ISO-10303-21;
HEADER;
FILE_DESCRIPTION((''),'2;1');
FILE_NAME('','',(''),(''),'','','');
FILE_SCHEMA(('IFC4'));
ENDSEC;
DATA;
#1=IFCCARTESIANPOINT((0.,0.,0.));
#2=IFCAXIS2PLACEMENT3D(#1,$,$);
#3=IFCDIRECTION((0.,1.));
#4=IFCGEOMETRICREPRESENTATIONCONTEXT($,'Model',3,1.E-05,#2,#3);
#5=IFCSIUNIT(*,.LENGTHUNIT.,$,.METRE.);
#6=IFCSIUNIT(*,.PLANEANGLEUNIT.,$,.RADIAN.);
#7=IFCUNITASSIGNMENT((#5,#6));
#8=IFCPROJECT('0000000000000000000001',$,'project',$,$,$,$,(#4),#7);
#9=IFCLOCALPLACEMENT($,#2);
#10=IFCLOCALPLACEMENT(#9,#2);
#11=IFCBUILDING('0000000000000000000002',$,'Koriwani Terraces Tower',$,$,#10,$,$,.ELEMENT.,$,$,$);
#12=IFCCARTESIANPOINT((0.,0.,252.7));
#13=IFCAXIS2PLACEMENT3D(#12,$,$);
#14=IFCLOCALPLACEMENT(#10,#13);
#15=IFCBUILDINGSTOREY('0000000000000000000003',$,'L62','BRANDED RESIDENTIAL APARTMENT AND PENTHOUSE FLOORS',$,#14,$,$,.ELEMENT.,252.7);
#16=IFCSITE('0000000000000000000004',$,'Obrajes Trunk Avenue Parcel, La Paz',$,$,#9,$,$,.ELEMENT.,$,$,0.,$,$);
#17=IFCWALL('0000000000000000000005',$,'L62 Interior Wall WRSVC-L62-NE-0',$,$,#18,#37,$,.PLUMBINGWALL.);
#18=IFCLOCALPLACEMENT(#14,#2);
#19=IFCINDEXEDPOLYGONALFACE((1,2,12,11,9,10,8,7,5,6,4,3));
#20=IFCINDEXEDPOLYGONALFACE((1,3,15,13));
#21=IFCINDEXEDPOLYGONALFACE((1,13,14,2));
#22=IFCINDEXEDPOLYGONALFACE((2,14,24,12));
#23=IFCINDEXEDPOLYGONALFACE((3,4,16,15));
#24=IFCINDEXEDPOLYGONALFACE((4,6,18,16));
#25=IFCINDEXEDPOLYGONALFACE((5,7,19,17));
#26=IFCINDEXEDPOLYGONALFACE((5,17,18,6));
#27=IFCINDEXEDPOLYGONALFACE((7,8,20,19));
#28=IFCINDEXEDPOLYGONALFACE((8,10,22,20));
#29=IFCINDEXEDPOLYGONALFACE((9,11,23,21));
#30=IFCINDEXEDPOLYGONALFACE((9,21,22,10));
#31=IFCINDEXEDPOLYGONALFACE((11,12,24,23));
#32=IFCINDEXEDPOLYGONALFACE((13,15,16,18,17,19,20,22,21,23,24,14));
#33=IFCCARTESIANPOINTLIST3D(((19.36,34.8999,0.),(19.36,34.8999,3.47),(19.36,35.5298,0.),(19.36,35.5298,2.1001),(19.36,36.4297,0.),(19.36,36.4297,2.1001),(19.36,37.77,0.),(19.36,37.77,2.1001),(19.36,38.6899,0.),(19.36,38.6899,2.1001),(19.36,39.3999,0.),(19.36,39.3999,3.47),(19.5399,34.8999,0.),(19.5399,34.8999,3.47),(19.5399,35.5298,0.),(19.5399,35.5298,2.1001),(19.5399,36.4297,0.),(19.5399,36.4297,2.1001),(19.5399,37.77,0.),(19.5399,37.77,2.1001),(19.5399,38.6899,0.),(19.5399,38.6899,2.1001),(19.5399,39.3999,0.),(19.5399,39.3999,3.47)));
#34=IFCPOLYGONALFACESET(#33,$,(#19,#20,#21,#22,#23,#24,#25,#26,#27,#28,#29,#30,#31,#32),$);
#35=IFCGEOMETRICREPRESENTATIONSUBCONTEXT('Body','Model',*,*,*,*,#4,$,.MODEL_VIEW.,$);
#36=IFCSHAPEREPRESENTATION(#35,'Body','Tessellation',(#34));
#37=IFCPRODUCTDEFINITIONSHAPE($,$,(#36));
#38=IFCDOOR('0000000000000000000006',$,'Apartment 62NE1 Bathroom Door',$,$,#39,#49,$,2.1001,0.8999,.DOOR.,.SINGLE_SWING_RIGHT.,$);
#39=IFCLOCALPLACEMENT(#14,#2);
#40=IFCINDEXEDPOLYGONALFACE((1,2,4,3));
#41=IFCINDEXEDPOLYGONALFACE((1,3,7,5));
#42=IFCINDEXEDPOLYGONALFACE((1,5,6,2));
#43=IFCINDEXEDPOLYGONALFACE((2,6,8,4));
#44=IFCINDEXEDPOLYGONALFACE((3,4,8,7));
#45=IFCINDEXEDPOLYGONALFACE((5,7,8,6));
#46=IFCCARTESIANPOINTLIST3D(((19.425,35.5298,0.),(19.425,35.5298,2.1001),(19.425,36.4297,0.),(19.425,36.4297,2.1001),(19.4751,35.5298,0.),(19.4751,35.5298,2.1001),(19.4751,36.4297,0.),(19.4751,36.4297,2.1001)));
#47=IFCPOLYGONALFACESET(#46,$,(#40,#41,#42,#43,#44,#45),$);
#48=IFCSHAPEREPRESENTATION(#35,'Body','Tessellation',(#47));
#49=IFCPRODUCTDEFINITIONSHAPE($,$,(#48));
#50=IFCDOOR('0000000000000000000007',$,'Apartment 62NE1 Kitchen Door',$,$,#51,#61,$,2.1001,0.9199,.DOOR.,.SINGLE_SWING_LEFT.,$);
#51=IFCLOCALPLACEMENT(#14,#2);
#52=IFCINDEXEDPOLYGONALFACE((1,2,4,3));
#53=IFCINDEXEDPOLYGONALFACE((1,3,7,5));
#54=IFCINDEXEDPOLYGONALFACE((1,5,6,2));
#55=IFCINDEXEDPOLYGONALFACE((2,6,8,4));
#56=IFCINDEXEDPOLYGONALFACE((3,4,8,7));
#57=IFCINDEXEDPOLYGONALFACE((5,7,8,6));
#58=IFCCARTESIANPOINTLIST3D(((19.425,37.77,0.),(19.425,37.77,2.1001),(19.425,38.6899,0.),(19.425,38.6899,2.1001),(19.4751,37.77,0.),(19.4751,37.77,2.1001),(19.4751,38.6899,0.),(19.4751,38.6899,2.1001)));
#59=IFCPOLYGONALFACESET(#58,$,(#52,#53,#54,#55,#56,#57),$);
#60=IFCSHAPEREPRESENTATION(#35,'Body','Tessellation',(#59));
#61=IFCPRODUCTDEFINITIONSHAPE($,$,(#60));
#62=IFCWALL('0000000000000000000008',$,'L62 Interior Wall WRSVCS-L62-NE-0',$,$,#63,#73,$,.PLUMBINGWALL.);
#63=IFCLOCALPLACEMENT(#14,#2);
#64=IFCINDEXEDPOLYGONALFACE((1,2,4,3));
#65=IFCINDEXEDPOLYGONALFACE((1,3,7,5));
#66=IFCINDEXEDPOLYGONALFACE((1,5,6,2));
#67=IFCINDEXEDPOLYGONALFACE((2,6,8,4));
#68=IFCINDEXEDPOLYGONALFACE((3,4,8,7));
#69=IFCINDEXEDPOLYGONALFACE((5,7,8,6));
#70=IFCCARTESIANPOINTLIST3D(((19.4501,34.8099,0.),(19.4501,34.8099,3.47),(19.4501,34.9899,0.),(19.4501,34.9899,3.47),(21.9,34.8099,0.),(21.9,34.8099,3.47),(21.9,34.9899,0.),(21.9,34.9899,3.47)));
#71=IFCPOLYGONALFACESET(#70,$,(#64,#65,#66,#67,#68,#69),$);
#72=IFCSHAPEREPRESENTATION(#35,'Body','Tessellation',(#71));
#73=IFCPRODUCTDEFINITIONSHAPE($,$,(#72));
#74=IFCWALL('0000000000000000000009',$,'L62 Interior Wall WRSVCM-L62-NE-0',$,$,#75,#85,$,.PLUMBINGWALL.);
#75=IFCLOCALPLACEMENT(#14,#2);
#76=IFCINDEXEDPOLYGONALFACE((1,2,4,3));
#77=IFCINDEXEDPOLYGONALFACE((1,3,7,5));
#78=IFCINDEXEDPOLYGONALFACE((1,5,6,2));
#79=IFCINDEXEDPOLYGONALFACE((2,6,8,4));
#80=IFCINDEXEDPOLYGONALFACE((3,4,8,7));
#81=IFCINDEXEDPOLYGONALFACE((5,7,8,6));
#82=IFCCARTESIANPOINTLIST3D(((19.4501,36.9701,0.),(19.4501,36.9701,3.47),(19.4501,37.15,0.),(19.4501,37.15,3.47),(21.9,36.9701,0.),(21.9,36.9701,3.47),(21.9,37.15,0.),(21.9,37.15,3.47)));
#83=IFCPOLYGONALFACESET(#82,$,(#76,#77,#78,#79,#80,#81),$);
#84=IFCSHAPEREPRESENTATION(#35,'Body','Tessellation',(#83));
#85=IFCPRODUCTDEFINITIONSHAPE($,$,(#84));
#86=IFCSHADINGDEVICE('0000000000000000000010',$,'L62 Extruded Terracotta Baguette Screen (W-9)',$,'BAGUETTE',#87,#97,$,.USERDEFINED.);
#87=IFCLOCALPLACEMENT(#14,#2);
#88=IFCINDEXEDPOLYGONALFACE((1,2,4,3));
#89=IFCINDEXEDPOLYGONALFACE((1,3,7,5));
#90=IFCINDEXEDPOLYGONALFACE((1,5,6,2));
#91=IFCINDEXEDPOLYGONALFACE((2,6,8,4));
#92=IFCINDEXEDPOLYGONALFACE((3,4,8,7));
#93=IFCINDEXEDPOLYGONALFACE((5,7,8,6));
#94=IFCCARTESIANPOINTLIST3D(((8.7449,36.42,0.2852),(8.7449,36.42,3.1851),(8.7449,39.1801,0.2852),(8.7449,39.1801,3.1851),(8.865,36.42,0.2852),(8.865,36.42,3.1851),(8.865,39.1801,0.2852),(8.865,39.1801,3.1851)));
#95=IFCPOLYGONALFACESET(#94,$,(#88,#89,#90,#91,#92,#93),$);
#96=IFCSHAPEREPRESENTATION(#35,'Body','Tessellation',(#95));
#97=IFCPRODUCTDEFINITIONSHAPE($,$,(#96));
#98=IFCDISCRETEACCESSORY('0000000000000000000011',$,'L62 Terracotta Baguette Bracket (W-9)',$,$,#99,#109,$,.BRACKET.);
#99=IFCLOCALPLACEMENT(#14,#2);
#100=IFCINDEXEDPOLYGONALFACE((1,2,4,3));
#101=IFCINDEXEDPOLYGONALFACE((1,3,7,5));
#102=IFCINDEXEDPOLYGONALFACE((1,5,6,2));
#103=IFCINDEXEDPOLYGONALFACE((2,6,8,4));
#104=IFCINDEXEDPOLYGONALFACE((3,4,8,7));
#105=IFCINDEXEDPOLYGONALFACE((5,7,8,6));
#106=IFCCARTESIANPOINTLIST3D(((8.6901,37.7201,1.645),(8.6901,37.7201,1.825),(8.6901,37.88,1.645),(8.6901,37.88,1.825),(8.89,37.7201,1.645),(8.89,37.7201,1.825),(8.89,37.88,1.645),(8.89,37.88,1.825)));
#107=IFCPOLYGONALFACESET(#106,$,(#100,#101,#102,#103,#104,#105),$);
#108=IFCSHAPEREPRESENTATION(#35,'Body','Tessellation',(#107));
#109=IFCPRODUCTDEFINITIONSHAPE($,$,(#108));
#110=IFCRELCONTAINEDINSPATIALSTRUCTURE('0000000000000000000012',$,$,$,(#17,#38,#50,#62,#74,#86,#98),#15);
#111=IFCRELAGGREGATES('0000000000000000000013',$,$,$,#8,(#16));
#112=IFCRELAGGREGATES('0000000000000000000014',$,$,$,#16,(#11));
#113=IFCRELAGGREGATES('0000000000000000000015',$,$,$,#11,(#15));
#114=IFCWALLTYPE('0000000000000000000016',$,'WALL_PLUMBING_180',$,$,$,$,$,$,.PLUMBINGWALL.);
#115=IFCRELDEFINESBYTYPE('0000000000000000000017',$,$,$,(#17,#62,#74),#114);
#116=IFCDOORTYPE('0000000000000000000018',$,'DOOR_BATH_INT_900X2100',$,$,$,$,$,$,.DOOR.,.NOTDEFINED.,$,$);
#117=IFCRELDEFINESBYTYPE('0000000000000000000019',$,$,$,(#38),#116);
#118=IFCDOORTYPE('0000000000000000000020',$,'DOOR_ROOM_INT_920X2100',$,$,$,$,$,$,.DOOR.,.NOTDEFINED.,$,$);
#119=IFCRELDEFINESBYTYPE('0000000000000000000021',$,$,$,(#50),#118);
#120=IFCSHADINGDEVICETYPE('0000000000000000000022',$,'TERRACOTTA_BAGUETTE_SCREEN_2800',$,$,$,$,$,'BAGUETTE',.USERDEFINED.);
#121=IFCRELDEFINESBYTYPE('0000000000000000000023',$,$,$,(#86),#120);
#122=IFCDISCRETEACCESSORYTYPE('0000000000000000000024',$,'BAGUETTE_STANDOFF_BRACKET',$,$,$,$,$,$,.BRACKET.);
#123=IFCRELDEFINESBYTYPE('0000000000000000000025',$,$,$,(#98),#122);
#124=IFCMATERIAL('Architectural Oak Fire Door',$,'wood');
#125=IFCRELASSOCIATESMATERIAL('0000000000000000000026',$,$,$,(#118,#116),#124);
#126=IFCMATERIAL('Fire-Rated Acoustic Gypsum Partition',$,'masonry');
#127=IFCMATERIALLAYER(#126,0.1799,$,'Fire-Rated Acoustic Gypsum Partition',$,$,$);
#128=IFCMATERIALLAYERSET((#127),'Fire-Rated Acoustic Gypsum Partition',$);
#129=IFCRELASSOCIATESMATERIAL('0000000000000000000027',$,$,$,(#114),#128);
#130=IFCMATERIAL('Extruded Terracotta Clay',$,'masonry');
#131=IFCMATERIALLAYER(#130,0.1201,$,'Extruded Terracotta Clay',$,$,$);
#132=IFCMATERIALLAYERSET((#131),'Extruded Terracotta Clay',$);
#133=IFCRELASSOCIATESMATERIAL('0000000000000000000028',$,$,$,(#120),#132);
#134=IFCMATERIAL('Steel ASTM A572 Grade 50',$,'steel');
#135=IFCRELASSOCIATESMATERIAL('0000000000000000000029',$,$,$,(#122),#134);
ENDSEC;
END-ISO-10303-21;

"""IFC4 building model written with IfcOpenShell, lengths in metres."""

from ifc_helpers import new_model, si_unit, direction, frame, frame_2d, origin, origin_2d, place, context, subcontext, project, spatial, rectangle, extrude, material, layer, layer_set, type_object, element, fill, save


model = new_model("IFC4")

# Units and contexts
model_context = context("Model", 3, precision=1e-05, world=origin(), true_north=direction((0.0, 1.0)))
body_context = subcontext(model_context, "Body", "Model", "MODEL_VIEW")
ifc_project = project(units=[si_unit("LENGTHUNIT", "METRE"), si_unit("PLANEANGLEUNIT", "RADIAN")], contexts=[model_context])

# Site, building, storey
site_placement = place(None, origin())
site = spatial("IfcSite", under=ifc_project, at=site_placement, Name="Obrajes Trunk Avenue Parcel, La Paz", CompositionType="ELEMENT", RefElevation=0.0)
building_placement = place(site_placement, origin())
building = spatial("IfcBuilding", under=site, at=building_placement, Name="Koriwani Terraces Tower", CompositionType="ELEMENT")
storey_placement = place(building_placement, frame((0.0, 0.0, 252.7)))
storey = spatial("IfcBuildingStorey", under=building, at=storey_placement, Name="L62", Description="BRANDED RESIDENTIAL APARTMENT AND PENTHOUSE FLOORS", CompositionType="ELEMENT", Elevation=252.7)

# Shared definitions
ifc_material_1 = material(Name="Steel ASTM A572 Grade 50", Category="steel")

# Shared definitions
ifc_material_2 = material(Name="Architectural Oak Fire Door", Category="wood")

# Shared definitions
ifc_material_3 = material(Name="Fire-Rated Acoustic Gypsum Partition", Category="masonry")
door_type_1 = type_object("IfcDoorType", Name="DOOR_ROOM_INT_920X2100", OperationType="NOTDEFINED", PredefinedType="DOOR", material=ifc_material_2)

# Wall, openings, doors
ifc_layer_1 = layer(ifc_material_3, 0.1799, Name="Fire-Rated Acoustic Gypsum Partition")
ifc_layer_set_1 = layer_set([ifc_layer_1], Name="Fire-Rated Acoustic Gypsum Partition")
wall_type_1 = type_object("IfcWallType", Name="WALL_PLUMBING_180", PredefinedType="PLUMBINGWALL", material=ifc_layer_set_1)
door_type_2 = type_object("IfcDoorType", Name="DOOR_BATH_INT_900X2100", OperationType="NOTDEFINED", PredefinedType="DOOR", material=ifc_material_2)
wall_1_placement = place(storey_placement, frame((19.45, 34.8999, 0.0), z_axis=(0.0, 0.0, 1.0), x_axis=(0.0, 1.0, 0.0)))
wall_1 = element("IfcWall", 1, at=wall_1_placement, inside=storey, type_object=wall_type_1, Name="L62 Interior Wall WRSVC-L62-NE-0", PredefinedType="PLUMBINGWALL", context=body_context, shape_type="SweptSolid", body=[
    extrude(rectangle(XDim=4.5, YDim=0.1799, at=frame_2d((2.25, 0.0))), origin(), (0.0, 0.0, 1.0), 3.47),
])
opening_1_placement = place(wall_1_placement, frame((0.6299, 0.0, 0.0)))
opening_1 = element("IfcOpeningElement", 2, at=opening_1_placement, cuts=wall_1, PredefinedType="OPENING", context=body_context, shape_type="SweptSolid", body=[
    extrude(rectangle(XDim=0.8999, YDim=2.1001, at=frame_2d((0.45, 1.05))), frame((0.0, 0.1001, 0.0), z_axis=(0.0, -1.0, 0.0), x_axis=(1.0, 0.0, 0.0)), (0.0, 0.0, 1.0), 0.2),
])
opening_2_placement = place(wall_1_placement, frame((2.8701, 0.0, 0.0)))
opening_2 = element("IfcOpeningElement", 3, at=opening_2_placement, cuts=wall_1, PredefinedType="OPENING", context=body_context, shape_type="SweptSolid", body=[
    extrude(rectangle(XDim=0.9199, YDim=2.1001, at=frame_2d((0.46, 1.05))), frame((0.0, 0.1001, 0.0), z_axis=(0.0, -1.0, 0.0), x_axis=(1.0, 0.0, 0.0)), (0.0, 0.0, 1.0), 0.2),
])
door_1_placement = place(opening_1_placement, origin())
door_1 = element("IfcDoor", 4, at=door_1_placement, inside=storey, type_object=door_type_2, Name="Apartment 62NE1 Bathroom Door", OperationType="SINGLE_SWING_RIGHT", OverallHeight=2.1001, OverallWidth=0.8999, PredefinedType="DOOR", context=body_context, shape_type="SweptSolid", body=[
    extrude(rectangle(XDim=0.8999, YDim=2.1001, at=frame_2d((0.45, 1.05))), frame((0.0, 0.0249, 0.0), z_axis=(0.0, -1.0, 0.0), x_axis=(1.0, 0.0, 0.0)), (0.0, 0.0, 1.0), 0.05),
])
fill(opening_1, door_1)
door_2_placement = place(opening_2_placement, origin())
door_2 = element("IfcDoor", 5, at=door_2_placement, inside=storey, type_object=door_type_1, Name="Apartment 62NE1 Kitchen Door", OperationType="SINGLE_SWING_LEFT", OverallHeight=2.1001, OverallWidth=0.9199, PredefinedType="DOOR", context=body_context, shape_type="SweptSolid", body=[
    extrude(rectangle(XDim=0.9199, YDim=2.1001, at=frame_2d((0.46, 1.05))), frame((0.0, 0.0249, 0.0), z_axis=(0.0, -1.0, 0.0), x_axis=(1.0, 0.0, 0.0)), (0.0, 0.0, 1.0), 0.05),
])
fill(opening_2, door_2)

# Walls
for number, where, z_axis, x_axis, name in (
    (6, (19.45, 34.8999, 0.0), (0.0, 0.0, 1.0), (1.0, 0.0, 0.0), "L62 Interior Wall WRSVCS-L62-NE-0"),
    (7, (19.45, 37.0601, 0.0), (0.0, 0.0, 1.0), (1.0, 0.0, 0.0), "L62 Interior Wall WRSVCM-L62-NE-0"),
):
    element("IfcWall", number, at=place(storey_placement, frame(where, z_axis=z_axis, x_axis=x_axis)), inside=storey, type_object=wall_type_1, Name=name, PredefinedType="PLUMBINGWALL", context=body_context, shape_type="SweptSolid", body=[
        extrude(rectangle(XDim=2.45, YDim=0.1799, at=frame_2d((1.2251, 0.0))), origin(), (0.0, 0.0, 1.0), 3.47),
    ])

# Shading device
ifc_material_4 = material(Name="Extruded Terracotta Clay", Category="masonry")
ifc_layer_2 = layer(ifc_material_4, 0.1201, Name="Extruded Terracotta Clay")
ifc_layer_set_2 = layer_set([ifc_layer_2], Name="Extruded Terracotta Clay")
shading_device_type = type_object("IfcShadingDeviceType", Name="TERRACOTTA_BAGUETTE_SCREEN_2800", ElementType="BAGUETTE", PredefinedType="USERDEFINED", material=ifc_layer_set_2)
shading_device_placement = place(storey_placement, frame((8.8049, 37.8, 0.2852), z_axis=(0.0, 0.0, 1.0), x_axis=(0.0, 1.0, 0.0)))
element("IfcShadingDevice", 8, at=shading_device_placement, inside=storey, type_object=shading_device_type, Name="L62 Extruded Terracotta Baguette Screen (W-9)", ObjectType="BAGUETTE", PredefinedType="USERDEFINED", context=body_context, shape_type="SweptSolid", body=[
    extrude(rectangle(XDim=2.76, YDim=0.1201, at=origin_2d()), origin(), (0.0, 0.0, 1.0), 2.8999),
])

# Discrete accessory
discrete_accessory_type = type_object("IfcDiscreteAccessoryType", Name="BAGUETTE_STANDOFF_BRACKET", PredefinedType="BRACKET", material=ifc_material_1)
discrete_accessory_placement = place(storey_placement, frame((8.79, 37.8, 1.645), z_axis=(0.0, 0.0, 1.0), x_axis=(0.0, 1.0, 0.0)))
element("IfcDiscreteAccessory", 9, at=discrete_accessory_placement, inside=storey, type_object=discrete_accessory_type, Name="L62 Terracotta Baguette Bracket (W-9)", PredefinedType="BRACKET", context=body_context, shape_type="SweptSolid", body=[
    extrude(rectangle(XDim=0.1599, YDim=0.2, at=origin_2d()), origin(), (0.0, 0.0, 1.0), 0.1799),
])

save(model, "model.ifc")
